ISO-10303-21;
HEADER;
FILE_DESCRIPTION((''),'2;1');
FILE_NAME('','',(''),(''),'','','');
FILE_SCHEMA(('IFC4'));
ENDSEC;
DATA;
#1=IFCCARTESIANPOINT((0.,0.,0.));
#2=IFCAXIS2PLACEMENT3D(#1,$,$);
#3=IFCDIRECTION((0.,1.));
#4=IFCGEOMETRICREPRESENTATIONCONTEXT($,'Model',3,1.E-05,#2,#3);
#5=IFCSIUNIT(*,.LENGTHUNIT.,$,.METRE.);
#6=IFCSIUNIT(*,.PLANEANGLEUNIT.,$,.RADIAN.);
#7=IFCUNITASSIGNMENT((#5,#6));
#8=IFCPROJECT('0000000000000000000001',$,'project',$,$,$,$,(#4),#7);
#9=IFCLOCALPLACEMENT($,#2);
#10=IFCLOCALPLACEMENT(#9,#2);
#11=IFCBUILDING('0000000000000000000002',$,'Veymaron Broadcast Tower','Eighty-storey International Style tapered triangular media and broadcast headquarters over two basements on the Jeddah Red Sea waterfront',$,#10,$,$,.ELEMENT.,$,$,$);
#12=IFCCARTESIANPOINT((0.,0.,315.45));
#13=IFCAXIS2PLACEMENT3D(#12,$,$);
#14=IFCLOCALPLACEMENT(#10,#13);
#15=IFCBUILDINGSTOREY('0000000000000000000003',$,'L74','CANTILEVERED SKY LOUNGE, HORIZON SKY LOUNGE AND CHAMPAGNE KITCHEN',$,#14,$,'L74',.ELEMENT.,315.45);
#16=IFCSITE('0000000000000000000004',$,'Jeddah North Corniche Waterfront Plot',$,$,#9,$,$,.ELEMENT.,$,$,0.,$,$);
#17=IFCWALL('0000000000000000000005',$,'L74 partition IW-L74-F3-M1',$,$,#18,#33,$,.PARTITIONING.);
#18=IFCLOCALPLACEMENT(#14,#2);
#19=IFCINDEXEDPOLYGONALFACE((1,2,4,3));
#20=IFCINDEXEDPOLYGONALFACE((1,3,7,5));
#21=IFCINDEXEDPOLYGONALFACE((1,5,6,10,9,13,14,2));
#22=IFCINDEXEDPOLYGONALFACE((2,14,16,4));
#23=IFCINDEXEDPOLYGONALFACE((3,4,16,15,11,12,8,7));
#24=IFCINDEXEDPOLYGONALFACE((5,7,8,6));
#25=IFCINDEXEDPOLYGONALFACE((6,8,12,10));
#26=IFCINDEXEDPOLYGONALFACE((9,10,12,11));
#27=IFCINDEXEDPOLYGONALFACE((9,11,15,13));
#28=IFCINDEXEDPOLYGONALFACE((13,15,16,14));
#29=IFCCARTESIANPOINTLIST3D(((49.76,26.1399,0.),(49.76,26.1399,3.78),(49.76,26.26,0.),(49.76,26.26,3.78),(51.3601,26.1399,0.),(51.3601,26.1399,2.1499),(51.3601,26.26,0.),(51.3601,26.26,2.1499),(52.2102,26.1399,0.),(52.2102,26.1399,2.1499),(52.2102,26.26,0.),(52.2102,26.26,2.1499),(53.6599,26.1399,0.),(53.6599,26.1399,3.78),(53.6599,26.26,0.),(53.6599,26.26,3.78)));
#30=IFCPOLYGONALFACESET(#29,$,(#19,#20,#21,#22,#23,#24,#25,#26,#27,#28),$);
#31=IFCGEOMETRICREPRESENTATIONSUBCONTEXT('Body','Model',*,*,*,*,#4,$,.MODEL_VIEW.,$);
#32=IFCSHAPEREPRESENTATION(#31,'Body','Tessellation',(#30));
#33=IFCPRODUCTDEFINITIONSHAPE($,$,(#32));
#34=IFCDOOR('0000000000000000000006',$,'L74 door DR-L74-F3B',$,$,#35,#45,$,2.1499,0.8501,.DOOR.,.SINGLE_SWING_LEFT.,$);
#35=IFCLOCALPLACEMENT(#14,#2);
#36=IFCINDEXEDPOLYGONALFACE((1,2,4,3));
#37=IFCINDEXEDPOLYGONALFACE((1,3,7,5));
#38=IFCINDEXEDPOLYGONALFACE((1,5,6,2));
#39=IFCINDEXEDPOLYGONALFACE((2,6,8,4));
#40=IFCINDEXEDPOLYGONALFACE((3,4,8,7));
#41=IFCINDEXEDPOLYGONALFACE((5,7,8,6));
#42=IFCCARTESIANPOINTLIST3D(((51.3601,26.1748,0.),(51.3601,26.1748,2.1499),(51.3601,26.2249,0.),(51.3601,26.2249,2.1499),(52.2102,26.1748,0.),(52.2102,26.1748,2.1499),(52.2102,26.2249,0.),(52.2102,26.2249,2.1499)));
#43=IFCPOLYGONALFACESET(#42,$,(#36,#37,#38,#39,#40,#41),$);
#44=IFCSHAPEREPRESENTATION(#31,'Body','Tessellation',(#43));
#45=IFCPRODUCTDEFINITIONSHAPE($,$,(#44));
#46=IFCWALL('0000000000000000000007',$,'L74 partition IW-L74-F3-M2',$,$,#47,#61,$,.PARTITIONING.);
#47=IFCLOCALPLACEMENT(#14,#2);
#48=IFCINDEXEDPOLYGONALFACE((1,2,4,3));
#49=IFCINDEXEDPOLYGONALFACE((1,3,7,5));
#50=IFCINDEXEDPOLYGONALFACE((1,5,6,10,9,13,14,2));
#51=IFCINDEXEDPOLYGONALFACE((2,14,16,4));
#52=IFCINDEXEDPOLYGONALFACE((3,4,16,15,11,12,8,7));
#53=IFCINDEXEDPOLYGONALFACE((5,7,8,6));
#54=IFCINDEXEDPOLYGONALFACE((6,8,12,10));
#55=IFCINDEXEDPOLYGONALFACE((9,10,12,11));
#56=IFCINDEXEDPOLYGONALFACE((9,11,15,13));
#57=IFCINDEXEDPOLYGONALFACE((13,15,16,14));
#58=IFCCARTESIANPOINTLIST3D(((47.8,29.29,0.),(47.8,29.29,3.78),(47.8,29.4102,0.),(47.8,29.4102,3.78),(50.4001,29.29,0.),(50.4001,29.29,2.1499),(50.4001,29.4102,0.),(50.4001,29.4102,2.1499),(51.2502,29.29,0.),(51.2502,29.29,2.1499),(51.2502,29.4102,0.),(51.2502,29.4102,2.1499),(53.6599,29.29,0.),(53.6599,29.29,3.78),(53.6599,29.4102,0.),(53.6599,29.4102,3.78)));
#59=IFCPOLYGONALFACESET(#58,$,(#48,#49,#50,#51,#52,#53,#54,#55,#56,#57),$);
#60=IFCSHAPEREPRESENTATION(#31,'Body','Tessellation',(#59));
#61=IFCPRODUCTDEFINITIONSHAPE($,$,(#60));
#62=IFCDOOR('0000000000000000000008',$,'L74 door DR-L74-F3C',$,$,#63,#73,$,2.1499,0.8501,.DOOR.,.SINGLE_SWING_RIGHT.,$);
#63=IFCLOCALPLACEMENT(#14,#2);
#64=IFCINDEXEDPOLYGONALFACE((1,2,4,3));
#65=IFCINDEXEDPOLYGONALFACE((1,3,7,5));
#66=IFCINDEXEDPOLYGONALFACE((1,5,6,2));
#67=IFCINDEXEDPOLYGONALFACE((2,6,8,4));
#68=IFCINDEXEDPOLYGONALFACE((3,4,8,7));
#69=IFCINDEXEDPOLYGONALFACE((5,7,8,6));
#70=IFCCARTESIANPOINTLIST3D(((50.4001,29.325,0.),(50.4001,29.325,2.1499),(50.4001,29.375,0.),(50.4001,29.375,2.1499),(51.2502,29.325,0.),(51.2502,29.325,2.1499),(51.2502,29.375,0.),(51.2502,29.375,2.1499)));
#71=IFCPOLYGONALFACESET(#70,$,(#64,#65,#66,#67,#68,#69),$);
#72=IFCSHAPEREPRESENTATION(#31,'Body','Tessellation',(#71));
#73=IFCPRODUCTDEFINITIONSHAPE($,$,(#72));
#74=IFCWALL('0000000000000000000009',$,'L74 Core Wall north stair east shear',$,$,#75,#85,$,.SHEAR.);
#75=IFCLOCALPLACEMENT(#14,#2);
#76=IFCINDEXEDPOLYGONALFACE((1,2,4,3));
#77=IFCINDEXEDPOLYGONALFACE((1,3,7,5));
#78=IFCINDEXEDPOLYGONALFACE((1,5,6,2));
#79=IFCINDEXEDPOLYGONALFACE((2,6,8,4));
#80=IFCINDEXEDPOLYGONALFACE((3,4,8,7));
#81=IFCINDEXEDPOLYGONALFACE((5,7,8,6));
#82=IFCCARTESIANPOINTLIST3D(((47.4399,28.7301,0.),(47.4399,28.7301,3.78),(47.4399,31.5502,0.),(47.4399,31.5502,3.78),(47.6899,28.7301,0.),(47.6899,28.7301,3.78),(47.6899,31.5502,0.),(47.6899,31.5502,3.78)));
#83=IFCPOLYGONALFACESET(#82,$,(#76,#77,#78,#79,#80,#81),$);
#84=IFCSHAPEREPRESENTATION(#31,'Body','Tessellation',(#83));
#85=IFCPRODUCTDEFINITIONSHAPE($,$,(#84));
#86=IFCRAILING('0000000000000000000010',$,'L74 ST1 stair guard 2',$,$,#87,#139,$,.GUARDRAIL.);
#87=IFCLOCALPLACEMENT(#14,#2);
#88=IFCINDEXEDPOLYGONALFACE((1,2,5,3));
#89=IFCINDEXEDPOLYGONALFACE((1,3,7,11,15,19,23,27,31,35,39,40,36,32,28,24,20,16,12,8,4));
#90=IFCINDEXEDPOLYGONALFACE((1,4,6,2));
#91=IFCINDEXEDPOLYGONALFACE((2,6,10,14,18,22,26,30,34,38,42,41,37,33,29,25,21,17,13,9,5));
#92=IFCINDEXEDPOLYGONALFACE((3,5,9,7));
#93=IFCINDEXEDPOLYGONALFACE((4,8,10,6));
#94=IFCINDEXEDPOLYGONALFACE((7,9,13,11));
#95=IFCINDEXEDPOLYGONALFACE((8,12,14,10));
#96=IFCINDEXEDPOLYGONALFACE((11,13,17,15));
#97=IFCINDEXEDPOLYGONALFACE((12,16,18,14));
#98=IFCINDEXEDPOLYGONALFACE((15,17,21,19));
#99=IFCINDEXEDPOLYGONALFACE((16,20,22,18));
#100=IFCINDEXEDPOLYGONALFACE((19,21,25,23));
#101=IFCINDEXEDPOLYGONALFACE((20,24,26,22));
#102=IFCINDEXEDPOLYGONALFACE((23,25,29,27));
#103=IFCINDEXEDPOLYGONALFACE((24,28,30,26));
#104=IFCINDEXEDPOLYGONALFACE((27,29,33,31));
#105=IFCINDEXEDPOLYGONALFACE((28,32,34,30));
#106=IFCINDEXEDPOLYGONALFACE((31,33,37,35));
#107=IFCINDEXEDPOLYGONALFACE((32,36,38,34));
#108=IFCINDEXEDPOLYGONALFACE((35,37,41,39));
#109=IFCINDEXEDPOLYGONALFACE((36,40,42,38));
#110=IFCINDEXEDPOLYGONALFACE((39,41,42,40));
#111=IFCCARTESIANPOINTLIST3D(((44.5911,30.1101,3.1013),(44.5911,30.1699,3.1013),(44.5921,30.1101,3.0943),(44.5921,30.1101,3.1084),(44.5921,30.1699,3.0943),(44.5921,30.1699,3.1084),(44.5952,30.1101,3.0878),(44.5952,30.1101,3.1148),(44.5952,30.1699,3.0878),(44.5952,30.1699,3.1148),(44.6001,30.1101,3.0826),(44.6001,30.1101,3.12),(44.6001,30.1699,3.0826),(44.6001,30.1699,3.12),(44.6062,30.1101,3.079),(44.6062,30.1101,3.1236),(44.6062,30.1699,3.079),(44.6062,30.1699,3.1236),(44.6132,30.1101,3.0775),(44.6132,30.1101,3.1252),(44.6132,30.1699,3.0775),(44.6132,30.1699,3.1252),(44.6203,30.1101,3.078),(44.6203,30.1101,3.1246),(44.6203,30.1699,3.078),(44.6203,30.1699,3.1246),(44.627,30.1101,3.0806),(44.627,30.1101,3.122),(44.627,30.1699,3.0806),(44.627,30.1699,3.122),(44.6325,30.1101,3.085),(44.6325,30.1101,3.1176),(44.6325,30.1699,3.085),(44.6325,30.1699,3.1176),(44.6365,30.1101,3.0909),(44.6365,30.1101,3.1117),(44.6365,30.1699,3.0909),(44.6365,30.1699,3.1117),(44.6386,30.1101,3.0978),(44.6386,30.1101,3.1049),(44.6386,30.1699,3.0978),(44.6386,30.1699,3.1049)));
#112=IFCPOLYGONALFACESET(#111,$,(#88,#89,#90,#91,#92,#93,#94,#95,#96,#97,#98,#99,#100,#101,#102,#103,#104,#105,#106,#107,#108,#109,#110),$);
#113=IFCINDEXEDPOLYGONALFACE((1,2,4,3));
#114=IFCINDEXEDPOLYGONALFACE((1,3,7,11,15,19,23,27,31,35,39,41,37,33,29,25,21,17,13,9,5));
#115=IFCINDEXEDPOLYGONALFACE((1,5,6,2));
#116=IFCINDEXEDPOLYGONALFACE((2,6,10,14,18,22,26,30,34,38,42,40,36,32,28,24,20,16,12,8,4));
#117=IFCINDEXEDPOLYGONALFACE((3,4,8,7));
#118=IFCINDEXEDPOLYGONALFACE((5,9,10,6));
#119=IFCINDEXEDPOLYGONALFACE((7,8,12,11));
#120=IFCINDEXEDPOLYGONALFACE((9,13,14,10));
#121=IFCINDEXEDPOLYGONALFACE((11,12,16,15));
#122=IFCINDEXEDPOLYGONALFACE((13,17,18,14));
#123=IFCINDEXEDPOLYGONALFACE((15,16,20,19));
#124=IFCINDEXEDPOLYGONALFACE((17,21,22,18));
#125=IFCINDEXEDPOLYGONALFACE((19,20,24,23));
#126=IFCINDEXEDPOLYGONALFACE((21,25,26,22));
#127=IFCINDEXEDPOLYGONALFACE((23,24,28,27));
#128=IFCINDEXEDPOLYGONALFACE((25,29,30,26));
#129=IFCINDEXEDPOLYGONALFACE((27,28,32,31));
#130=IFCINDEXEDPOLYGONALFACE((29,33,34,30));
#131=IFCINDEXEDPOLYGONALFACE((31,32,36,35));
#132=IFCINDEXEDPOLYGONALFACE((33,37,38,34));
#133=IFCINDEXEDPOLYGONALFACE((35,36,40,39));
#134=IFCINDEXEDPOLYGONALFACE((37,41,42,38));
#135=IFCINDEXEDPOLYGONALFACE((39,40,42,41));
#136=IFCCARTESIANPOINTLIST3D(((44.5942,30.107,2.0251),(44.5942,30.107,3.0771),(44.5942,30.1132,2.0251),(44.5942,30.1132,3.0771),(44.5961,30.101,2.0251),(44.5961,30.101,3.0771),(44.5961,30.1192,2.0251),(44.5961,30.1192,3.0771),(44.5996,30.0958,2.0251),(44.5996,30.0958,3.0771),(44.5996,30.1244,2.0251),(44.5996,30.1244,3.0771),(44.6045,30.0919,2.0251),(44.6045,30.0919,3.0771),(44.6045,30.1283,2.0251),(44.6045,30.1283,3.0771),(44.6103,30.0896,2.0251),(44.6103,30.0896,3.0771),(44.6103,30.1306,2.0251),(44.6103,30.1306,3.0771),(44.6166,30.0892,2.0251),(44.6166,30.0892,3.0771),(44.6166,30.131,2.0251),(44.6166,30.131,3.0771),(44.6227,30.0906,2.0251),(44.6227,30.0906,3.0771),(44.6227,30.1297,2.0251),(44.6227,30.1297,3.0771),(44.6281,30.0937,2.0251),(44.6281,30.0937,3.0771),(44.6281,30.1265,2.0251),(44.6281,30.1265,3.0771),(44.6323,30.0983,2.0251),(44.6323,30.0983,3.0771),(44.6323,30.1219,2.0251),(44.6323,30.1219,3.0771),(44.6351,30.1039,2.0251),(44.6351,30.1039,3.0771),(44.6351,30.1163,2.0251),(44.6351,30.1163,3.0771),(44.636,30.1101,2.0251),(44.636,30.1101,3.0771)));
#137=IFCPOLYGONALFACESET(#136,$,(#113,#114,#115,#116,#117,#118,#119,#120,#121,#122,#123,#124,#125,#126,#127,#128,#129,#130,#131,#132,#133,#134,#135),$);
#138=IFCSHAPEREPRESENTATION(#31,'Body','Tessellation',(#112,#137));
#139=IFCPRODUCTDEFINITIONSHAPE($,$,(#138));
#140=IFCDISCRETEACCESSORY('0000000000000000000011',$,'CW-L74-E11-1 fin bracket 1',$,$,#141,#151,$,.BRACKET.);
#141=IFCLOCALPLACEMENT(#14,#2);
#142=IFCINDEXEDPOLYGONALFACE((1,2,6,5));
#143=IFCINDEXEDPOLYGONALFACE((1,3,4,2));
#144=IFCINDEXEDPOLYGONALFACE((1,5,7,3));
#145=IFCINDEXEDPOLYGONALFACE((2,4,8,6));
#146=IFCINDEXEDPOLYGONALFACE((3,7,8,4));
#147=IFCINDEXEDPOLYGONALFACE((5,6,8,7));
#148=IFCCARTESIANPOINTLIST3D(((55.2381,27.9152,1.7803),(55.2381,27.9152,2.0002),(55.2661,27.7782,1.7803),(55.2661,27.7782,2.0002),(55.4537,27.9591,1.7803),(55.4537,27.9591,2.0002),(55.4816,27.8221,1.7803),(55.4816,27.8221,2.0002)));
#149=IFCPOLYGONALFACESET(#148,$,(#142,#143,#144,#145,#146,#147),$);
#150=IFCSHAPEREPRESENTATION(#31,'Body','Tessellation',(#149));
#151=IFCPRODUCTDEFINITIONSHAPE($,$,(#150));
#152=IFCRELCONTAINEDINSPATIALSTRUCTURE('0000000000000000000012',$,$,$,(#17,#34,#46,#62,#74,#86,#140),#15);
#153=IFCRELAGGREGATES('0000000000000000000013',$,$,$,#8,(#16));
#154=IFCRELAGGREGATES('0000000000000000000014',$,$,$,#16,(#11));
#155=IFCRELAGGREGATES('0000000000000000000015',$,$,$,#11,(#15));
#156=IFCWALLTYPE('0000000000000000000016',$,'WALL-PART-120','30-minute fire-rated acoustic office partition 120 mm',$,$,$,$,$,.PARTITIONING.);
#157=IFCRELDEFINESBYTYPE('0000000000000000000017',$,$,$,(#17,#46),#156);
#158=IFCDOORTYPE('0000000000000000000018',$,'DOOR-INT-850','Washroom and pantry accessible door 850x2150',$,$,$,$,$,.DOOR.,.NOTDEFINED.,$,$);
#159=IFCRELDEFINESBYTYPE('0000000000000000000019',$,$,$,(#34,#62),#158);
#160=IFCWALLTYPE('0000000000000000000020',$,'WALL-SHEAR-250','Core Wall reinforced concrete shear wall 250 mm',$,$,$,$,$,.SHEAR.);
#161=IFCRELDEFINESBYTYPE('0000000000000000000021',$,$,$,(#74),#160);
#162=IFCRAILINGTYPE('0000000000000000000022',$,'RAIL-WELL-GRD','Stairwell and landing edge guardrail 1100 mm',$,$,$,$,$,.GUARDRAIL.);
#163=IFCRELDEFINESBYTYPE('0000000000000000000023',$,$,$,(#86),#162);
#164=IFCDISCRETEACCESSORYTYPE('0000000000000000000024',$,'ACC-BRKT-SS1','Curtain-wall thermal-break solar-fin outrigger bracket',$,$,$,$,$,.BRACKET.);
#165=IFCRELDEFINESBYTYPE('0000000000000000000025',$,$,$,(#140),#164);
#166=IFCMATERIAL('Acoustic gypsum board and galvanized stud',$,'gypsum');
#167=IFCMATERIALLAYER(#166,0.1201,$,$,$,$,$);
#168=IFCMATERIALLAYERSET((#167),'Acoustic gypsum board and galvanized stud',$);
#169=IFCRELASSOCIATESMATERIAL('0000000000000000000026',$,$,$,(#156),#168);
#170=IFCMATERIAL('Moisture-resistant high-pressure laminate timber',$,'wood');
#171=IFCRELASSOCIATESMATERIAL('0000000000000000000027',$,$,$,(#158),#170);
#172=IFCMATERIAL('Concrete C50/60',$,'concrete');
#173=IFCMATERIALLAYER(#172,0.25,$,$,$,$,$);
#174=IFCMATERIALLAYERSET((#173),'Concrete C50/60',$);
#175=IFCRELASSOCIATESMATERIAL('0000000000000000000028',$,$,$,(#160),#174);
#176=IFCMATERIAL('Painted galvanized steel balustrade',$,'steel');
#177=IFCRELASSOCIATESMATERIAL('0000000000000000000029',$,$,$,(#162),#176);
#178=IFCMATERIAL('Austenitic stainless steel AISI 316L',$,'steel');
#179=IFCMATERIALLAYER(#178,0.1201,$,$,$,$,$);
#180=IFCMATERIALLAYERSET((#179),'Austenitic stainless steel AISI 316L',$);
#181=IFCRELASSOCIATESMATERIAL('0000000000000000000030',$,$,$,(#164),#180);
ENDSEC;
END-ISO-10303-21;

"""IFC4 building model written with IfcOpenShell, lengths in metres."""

from ifc_helpers import new_model, si_unit, direction, frame, frame_2d, origin, origin_2d, place, context, subcontext, project, spatial, rectangle, circle, extrude, material, layer, layer_set, type_object, element, fill, save


model = new_model("IFC4")

# Units and contexts
model_context = context("Model", 3, precision=1e-05, world=origin(), true_north=direction((0.0, 1.0)))
body_context = subcontext(model_context, "Body", "Model", "MODEL_VIEW")
ifc_project = project(units=[si_unit("LENGTHUNIT", "METRE"), si_unit("PLANEANGLEUNIT", "RADIAN")], contexts=[model_context])

# Site, building, storey
site_placement = place(None, origin())
site = spatial("IfcSite", under=ifc_project, at=site_placement, Name="Jeddah North Corniche Waterfront Plot", CompositionType="ELEMENT", RefElevation=0.0)
building_placement = place(site_placement, origin())
building = spatial("IfcBuilding", under=site, at=building_placement, Name="Veymaron Broadcast Tower", Description="Eighty-storey International Style tapered triangular media and broadcast headquarters over two basements on the Jeddah Red Sea waterfront", CompositionType="ELEMENT")
storey_placement = place(building_placement, frame((0.0, 0.0, 315.45)))
storey = spatial("IfcBuildingStorey", under=building, at=storey_placement, Name="L74", Description="CANTILEVERED SKY LOUNGE, HORIZON SKY LOUNGE AND CHAMPAGNE KITCHEN", LongName="L74", CompositionType="ELEMENT", Elevation=315.45)

# Walls, openings, doors
ifc_material_1 = material(Name="Acoustic gypsum board and galvanized stud", Category="gypsum")
ifc_layer_1 = layer(ifc_material_1, 0.1201)
ifc_layer_set_1 = layer_set([ifc_layer_1], Name="Acoustic gypsum board and galvanized stud")
wall_type_1 = type_object("IfcWallType", Name="WALL-PART-120", Description="30-minute fire-rated acoustic office partition 120 mm", PredefinedType="PARTITIONING", material=ifc_layer_set_1)
wall_1_placement = place(storey_placement, frame((49.76, 26.2, 0.0), z_axis=(0.0, 0.0, 1.0), x_axis=(1.0, 0.0, 0.0)))
wall_1 = element("IfcWall", 1, at=wall_1_placement, inside=storey, type_object=wall_type_1, Name="L74 partition IW-L74-F3-M1", PredefinedType="PARTITIONING", context=body_context, shape_type="SweptSolid", body=[
    extrude(rectangle(XDim=3.8999, YDim=0.1201, at=frame_2d((1.95, 0.0))), origin(), (0.0, 0.0, 1.0), 3.78),
])
opening_1_placement = place(wall_1_placement, frame((1.6001, 0.0, 0.0)))
opening_1 = element("IfcOpeningElement", 2, at=opening_1_placement, cuts=wall_1, PredefinedType="OPENING", context=body_context, shape_type="SweptSolid", body=[
    extrude(rectangle(XDim=0.8501, YDim=2.1499, at=frame_2d((0.425, 1.075))), frame((0.0, 0.0701, 0.0), z_axis=(0.0, -1.0, 0.0), x_axis=(1.0, 0.0, 0.0)), (0.0, 0.0, 1.0), 0.1401),
])
ifc_material_2 = material(Name="Moisture-resistant high-pressure laminate timber", Category="wood")
door_type_1 = type_object("IfcDoorType", Name="DOOR-INT-850", Description="Washroom and pantry accessible door 850x2150", OperationType="NOTDEFINED", PredefinedType="DOOR", material=ifc_material_2)
door_1_placement = place(opening_1_placement, origin())
door_1 = element("IfcDoor", 3, at=door_1_placement, inside=storey, type_object=door_type_1, Name="L74 door DR-L74-F3B", OperationType="SINGLE_SWING_LEFT", OverallHeight=2.1499, OverallWidth=0.8501, PredefinedType="DOOR", context=body_context, shape_type="SweptSolid", body=[
    extrude(rectangle(XDim=0.8501, YDim=2.1499, at=frame_2d((0.425, 1.075))), frame((0.0, 0.0249, 0.0), z_axis=(0.0, -1.0, 0.0), x_axis=(1.0, 0.0, 0.0)), (0.0, 0.0, 1.0), 0.05),
])
fill(opening_1, door_1)
wall_2_placement = place(storey_placement, frame((47.8, 29.3501, 0.0), z_axis=(0.0, 0.0, 1.0), x_axis=(1.0, 0.0, 0.0)))
wall_2 = element("IfcWall", 4, at=wall_2_placement, inside=storey, type_object=wall_type_1, Name="L74 partition IW-L74-F3-M2", PredefinedType="PARTITIONING", context=body_context, shape_type="SweptSolid", body=[
    extrude(rectangle(XDim=5.8599, YDim=0.1201, at=frame_2d((2.9299, 0.0))), origin(), (0.0, 0.0, 1.0), 3.78),
])
opening_2_placement = place(wall_2_placement, frame((2.6001, 0.0, 0.0)))
opening_2 = element("IfcOpeningElement", 5, at=opening_2_placement, cuts=wall_2, PredefinedType="OPENING", context=body_context, shape_type="SweptSolid", body=[
    extrude(rectangle(XDim=0.8501, YDim=2.1499, at=frame_2d((0.425, 1.075))), frame((0.0, 0.0701, 0.0), z_axis=(0.0, -1.0, 0.0), x_axis=(1.0, 0.0, 0.0)), (0.0, 0.0, 1.0), 0.1401),
])
door_2_placement = place(opening_2_placement, origin())
door_2 = element("IfcDoor", 6, at=door_2_placement, inside=storey, type_object=door_type_1, Name="L74 door DR-L74-F3C", OperationType="SINGLE_SWING_RIGHT", OverallHeight=2.1499, OverallWidth=0.8501, PredefinedType="DOOR", context=body_context, shape_type="SweptSolid", body=[
    extrude(rectangle(XDim=0.8501, YDim=2.1499, at=frame_2d((0.425, 1.075))), frame((0.0, 0.0249, 0.0), z_axis=(0.0, -1.0, 0.0), x_axis=(1.0, 0.0, 0.0)), (0.0, 0.0, 1.0), 0.05),
])
fill(opening_2, door_2)

# Wall
ifc_material_3 = material(Name="Concrete C50/60", Category="concrete")
ifc_layer_2 = layer(ifc_material_3, 0.25)
ifc_layer_set_2 = layer_set([ifc_layer_2], Name="Concrete C50/60")
wall_type_2 = type_object("IfcWallType", Name="WALL-SHEAR-250", Description="Core Wall reinforced concrete shear wall 250 mm", PredefinedType="SHEAR", material=ifc_layer_set_2)
wall_3_placement = place(storey_placement, frame((47.5649, 28.73, 0.0), z_axis=(0.0, 0.0, 1.0), x_axis=(0.0, 1.0, 0.0)))
element("IfcWall", 7, at=wall_3_placement, inside=storey, type_object=wall_type_2, Name="L74 Core Wall north stair east shear", PredefinedType="SHEAR", context=body_context, shape_type="SweptSolid", body=[
    extrude(rectangle(XDim=2.8201, YDim=0.25, at=frame_2d((1.4102, 0.0))), origin(), (0.0, 0.0, 1.0), 3.78),
])

# Railing
ifc_material_4 = material(Name="Painted galvanized steel balustrade", Category="steel")
railing_type = type_object("IfcRailingType", Name="RAIL-WELL-GRD", Description="Stairwell and landing edge guardrail 1100 mm", PredefinedType="GUARDRAIL", material=ifc_material_4)
railing_placement = place(storey_placement, frame((44.615, 30.1101, 2.0251)))
element("IfcRailing", 8, at=railing_placement, inside=storey, type_object=railing_type, Name="L74 ST1 stair guard 2", PredefinedType="GUARDRAIL", context=body_context, shape_type="SweptSolid", body=[
    extrude(circle(Radius=0.0239, at=origin_2d()), frame((0.0, 0.0, 1.0762), z_axis=(0.0, 1.0, 0.0), x_axis=(-1.0, 0.0, 0.0)), (0.0, 0.0, 1.0), 0.0598),
    extrude(circle(Radius=0.021, at=origin_2d()), origin(), (0.0, 0.0, 1.0), 1.052),
])

# Discrete accessory
ifc_material_5 = material(Name="Austenitic stainless steel AISI 316L", Category="steel")
ifc_layer_3 = layer(ifc_material_5, 0.1201)
ifc_layer_set_3 = layer_set([ifc_layer_3], Name="Austenitic stainless steel AISI 316L")
discrete_accessory_type = type_object("IfcDiscreteAccessoryType", Name="ACC-BRKT-SS1", Description="Curtain-wall thermal-break solar-fin outrigger bracket", PredefinedType="BRACKET", material=ifc_layer_set_3)
discrete_accessory_placement = place(storey_placement, frame((55.3599, 27.8687, 1.7803), z_axis=(0.0, 0.0, 1.0), x_axis=(0.979876, 0.199607, 0.0)))
element("IfcDiscreteAccessory", 9, at=discrete_accessory_placement, inside=storey, type_object=discrete_accessory_type, Name="CW-L74-E11-1 fin bracket 1", PredefinedType="BRACKET", context=body_context, shape_type="SweptSolid", body=[
    extrude(rectangle(XDim=0.22, YDim=0.1399, at=origin_2d()), origin(), (0.0, 0.0, 1.0), 0.22),
])

save(model, "model.ifc")
